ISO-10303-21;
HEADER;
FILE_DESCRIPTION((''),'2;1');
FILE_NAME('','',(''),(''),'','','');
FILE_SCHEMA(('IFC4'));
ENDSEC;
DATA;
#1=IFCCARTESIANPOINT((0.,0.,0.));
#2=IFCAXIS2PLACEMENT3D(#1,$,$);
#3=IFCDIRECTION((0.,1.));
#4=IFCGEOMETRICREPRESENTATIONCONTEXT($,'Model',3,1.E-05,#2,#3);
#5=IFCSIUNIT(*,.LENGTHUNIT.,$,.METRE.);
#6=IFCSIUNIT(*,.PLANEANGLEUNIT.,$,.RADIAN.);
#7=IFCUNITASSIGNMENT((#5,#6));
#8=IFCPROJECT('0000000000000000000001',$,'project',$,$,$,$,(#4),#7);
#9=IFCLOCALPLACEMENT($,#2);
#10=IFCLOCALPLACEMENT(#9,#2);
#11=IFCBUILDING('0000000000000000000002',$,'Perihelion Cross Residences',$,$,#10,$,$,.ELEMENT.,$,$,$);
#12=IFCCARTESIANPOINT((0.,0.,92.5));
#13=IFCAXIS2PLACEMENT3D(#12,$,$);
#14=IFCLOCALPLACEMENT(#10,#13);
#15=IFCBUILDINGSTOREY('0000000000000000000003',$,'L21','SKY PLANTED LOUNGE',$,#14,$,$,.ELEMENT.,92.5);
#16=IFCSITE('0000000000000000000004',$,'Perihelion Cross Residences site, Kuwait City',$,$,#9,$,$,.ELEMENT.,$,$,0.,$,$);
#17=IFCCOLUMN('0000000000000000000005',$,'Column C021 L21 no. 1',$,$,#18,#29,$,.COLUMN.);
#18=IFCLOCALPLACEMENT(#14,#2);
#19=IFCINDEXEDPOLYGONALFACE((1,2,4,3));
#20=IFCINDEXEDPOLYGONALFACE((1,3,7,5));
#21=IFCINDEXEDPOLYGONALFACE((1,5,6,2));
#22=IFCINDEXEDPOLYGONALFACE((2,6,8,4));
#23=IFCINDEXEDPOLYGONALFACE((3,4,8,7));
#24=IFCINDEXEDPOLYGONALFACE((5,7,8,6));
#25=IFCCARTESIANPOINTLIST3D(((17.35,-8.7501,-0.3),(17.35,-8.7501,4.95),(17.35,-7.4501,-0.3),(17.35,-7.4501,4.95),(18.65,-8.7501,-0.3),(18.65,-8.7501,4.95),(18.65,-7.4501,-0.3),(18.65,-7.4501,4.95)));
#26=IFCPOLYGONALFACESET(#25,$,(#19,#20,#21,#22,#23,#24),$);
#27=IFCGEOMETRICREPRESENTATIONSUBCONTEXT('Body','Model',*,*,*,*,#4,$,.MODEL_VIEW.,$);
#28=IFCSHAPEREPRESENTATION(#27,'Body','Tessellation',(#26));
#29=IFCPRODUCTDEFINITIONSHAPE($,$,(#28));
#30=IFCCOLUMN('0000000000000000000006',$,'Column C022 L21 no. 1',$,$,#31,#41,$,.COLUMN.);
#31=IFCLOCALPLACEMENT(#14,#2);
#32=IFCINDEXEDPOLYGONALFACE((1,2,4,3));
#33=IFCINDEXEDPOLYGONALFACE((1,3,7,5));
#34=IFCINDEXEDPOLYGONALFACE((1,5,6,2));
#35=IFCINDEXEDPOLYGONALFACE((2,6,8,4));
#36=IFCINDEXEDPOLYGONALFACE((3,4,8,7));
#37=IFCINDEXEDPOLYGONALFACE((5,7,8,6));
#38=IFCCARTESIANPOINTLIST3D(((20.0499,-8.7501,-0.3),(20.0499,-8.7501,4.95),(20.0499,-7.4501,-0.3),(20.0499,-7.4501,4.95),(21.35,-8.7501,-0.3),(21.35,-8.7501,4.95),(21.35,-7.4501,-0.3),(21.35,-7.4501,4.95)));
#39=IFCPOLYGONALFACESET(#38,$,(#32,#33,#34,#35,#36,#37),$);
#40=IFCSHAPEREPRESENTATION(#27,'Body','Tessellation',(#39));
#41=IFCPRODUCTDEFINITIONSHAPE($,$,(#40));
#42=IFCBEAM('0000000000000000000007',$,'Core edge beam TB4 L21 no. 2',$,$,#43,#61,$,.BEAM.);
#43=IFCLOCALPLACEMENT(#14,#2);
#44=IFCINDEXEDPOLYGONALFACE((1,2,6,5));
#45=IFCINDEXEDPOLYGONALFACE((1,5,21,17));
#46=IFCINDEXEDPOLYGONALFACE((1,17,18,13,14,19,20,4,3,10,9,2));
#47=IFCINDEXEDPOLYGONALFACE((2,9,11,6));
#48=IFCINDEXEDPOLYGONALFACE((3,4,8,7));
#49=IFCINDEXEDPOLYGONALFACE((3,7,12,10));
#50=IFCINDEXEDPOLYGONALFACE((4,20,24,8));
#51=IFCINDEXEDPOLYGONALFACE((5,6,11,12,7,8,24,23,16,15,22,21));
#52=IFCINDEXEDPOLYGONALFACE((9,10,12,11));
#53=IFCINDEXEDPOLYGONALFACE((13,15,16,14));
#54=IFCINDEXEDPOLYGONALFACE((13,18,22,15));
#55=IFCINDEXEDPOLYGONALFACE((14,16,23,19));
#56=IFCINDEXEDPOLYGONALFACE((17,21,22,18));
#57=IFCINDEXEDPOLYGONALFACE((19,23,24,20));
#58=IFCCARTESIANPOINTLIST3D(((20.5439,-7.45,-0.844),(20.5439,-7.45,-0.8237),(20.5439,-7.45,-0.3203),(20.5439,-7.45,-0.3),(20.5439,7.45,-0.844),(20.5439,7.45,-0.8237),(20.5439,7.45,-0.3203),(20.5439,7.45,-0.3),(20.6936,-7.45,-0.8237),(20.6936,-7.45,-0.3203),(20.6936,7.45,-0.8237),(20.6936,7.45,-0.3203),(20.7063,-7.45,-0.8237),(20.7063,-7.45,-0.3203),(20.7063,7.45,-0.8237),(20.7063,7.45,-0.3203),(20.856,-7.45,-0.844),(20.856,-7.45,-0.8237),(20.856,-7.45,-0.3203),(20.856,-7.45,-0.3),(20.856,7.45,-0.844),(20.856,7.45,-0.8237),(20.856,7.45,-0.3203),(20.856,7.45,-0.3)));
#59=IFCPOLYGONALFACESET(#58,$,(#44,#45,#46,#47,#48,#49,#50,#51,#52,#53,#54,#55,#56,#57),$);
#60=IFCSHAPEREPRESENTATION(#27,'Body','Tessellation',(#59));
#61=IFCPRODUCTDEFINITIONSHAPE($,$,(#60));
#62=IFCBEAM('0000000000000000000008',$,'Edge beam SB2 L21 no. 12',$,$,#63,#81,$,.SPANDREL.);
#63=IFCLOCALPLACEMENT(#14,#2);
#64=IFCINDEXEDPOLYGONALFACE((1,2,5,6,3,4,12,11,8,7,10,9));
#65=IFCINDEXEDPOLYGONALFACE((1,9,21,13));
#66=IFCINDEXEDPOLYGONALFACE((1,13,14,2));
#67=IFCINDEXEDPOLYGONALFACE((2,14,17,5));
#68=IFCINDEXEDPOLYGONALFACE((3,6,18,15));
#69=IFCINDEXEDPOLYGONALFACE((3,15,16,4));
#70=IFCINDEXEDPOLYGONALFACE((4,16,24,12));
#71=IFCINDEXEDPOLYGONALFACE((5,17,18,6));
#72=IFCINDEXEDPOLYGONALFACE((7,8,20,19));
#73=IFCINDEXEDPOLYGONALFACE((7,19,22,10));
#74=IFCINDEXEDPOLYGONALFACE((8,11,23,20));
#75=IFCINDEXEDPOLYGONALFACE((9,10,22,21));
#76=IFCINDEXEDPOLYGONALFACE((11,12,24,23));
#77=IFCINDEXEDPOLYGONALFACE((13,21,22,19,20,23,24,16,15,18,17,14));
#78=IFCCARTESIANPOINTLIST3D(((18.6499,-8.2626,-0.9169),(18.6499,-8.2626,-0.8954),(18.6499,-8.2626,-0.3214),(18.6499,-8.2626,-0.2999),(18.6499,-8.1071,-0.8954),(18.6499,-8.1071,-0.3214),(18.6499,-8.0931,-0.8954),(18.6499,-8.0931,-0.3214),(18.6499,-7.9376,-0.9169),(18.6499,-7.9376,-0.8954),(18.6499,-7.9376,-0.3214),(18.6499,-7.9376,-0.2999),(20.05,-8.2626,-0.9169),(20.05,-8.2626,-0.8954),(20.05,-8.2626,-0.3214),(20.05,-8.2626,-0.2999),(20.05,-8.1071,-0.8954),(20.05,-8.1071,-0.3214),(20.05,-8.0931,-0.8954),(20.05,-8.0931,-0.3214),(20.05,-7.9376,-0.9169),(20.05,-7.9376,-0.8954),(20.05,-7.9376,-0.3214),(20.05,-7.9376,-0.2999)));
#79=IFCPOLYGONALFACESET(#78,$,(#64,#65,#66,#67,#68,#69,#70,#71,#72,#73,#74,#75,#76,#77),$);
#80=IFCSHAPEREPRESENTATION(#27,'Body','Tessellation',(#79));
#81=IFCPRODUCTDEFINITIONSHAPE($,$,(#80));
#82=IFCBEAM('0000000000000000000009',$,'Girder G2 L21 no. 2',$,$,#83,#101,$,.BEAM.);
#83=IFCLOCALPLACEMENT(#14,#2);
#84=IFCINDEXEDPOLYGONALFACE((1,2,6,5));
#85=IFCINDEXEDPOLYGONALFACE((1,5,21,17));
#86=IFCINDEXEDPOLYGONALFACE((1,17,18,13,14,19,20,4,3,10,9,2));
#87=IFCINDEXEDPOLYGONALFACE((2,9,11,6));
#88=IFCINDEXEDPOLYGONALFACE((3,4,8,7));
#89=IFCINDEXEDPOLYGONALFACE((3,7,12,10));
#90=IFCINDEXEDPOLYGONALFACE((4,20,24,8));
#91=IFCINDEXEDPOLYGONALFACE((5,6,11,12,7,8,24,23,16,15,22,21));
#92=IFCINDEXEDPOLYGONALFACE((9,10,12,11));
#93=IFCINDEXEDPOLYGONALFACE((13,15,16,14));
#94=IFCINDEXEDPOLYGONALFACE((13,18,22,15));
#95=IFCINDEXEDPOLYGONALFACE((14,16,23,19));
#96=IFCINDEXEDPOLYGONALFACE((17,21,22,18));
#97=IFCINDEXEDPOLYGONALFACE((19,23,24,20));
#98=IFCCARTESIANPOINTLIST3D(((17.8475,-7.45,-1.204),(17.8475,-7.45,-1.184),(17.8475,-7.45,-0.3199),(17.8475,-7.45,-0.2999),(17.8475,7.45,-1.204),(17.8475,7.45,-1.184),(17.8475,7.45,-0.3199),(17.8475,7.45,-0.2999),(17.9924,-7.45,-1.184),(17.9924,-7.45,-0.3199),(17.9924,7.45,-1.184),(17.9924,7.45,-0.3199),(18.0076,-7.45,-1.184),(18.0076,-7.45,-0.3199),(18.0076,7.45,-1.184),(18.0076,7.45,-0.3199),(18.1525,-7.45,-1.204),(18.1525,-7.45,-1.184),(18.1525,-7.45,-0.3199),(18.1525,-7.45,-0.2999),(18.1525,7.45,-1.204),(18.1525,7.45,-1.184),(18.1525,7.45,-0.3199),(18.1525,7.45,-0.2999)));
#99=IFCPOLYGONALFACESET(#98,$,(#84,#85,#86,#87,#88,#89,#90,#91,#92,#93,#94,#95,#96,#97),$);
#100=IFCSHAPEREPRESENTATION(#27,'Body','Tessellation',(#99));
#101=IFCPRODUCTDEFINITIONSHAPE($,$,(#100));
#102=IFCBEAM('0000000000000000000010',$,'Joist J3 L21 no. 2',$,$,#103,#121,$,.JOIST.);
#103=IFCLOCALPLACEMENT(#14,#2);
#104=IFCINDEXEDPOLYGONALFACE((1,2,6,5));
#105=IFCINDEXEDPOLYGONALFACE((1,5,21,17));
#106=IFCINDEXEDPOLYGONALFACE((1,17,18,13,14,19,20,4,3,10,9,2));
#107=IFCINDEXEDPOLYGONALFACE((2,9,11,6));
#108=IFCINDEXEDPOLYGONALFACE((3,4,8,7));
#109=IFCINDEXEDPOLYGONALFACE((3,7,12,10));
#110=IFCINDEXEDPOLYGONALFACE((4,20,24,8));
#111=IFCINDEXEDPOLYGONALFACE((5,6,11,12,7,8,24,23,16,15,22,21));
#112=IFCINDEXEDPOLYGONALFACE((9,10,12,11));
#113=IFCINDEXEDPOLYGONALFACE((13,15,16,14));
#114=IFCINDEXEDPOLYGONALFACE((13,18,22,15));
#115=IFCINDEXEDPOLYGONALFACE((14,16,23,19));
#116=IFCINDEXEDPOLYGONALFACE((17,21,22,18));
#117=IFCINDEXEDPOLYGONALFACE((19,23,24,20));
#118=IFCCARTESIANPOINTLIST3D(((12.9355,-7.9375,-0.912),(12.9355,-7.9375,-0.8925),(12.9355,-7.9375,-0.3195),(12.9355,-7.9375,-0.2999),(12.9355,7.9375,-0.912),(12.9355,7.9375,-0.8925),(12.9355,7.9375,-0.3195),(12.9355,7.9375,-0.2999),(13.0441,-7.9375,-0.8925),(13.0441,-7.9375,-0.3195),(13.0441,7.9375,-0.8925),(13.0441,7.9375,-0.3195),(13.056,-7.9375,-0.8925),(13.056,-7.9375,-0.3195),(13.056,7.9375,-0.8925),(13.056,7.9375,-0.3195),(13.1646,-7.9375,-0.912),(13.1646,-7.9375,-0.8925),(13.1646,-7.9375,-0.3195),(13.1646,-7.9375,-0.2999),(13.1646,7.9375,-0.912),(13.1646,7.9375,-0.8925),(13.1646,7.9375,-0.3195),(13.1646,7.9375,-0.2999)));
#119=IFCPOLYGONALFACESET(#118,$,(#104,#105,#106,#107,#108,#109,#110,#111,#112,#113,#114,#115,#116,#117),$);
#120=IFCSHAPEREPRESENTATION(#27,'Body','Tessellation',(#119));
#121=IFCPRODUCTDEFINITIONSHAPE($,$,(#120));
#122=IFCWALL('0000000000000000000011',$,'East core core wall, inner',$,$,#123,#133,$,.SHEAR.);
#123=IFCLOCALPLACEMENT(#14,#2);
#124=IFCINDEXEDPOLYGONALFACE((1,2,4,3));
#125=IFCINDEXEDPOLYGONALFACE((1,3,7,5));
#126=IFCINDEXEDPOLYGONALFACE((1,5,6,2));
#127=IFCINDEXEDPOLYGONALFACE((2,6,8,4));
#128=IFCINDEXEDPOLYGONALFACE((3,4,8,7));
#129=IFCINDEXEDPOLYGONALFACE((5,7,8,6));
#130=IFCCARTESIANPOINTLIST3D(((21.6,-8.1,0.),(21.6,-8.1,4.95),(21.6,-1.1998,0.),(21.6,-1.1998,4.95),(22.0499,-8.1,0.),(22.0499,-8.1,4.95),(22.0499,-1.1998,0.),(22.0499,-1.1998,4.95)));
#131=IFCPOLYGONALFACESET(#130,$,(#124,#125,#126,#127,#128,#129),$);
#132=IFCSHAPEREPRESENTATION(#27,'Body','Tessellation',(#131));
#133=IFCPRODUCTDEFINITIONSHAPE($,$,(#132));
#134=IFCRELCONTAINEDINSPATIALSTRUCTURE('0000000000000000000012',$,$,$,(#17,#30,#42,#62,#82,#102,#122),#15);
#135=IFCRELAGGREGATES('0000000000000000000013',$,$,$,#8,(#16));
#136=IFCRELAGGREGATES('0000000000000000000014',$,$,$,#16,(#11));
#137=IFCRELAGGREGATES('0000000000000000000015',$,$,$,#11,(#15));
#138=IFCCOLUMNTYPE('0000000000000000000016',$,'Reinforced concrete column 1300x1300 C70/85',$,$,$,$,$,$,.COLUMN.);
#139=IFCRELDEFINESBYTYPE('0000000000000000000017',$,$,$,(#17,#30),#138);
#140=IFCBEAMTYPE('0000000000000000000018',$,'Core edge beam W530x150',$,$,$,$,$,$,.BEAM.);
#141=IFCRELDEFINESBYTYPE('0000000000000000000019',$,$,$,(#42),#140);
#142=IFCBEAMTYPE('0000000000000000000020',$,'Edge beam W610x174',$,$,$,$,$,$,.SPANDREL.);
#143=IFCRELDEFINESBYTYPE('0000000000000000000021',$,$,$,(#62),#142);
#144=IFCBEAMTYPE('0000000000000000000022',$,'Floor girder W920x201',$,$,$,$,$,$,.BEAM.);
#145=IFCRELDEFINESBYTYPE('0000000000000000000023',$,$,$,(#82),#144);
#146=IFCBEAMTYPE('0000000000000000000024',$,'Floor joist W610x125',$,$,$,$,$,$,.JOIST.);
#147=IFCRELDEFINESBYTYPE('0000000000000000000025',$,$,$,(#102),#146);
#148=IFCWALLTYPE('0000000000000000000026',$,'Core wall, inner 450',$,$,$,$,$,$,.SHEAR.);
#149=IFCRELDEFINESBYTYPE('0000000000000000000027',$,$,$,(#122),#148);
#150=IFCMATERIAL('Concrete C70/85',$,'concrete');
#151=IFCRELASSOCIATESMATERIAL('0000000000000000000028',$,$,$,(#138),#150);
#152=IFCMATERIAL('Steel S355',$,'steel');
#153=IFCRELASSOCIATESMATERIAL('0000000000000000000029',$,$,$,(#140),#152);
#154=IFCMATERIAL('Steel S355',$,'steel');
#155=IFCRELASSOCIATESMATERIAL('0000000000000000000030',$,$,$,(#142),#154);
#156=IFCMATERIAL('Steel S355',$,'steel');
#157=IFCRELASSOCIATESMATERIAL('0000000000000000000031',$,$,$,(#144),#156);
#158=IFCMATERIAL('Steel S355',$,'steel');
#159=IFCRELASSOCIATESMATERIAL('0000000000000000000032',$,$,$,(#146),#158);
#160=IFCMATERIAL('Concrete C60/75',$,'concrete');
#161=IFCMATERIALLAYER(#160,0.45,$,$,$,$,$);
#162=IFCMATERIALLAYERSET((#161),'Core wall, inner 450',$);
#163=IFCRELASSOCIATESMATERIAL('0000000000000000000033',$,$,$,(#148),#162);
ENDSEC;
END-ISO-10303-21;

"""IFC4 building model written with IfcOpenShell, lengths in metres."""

from ifc_helpers import new_model, si_unit, direction, frame, frame_2d, origin, origin_2d, place, context, subcontext, project, spatial, rectangle, i_section, extrude, material, layer, layer_set, material_profile, profile_set, type_object, element, save


model = new_model("IFC4")

# Units and contexts
model_context = context("Model", 3, precision=1e-05, world=origin(), true_north=direction((0.0, 1.0)))
body_context = subcontext(model_context, "Body", "Model", "MODEL_VIEW")
ifc_project = project(units=[si_unit("LENGTHUNIT", "METRE"), si_unit("PLANEANGLEUNIT", "RADIAN")], contexts=[model_context])

# Site, building, storey
site_placement = place(None, origin())
site = spatial("IfcSite", under=ifc_project, at=site_placement, Name="Perihelion Cross Residences site, Kuwait City", CompositionType="ELEMENT", RefElevation=0.0)
building_placement = place(site_placement, origin())
building = spatial("IfcBuilding", under=site, at=building_placement, Name="Perihelion Cross Residences", CompositionType="ELEMENT")
storey_placement = place(building_placement, frame((0.0, 0.0, 92.5)))
storey = spatial("IfcBuildingStorey", under=building, at=storey_placement, Name="L21", Description="SKY PLANTED LOUNGE", CompositionType="ELEMENT", Elevation=92.5)

# Columns
ifc_material_1 = material(Name="Concrete C70/85", Category="concrete")
ifc_material_profile_1 = material_profile(ifc_material_1, rectangle(XDim=1.3, YDim=1.3, at=origin_2d()), Name="RC 1300x1300")
ifc_profile_set_1 = profile_set([ifc_material_profile_1], Name="Concrete C70/85")
column_type = type_object("IfcColumnType", Name="Reinforced concrete column 1300x1300 C70/85", PredefinedType="COLUMN", material=ifc_profile_set_1)
for number, where, z_axis, x_axis, name in (
    (1, (18.0, -8.1001, -0.3), (0.0, 0.0, 1.0), (1.0, 0.0, 0.0), "Column C021 L21 no. 1"),
    (2, (20.7, -8.1001, -0.3), (0.0, 0.0, 1.0), (1.0, 0.0, 0.0), "Column C022 L21 no. 1"),
):
    element("IfcColumn", number, at=place(storey_placement, frame(where, z_axis=z_axis, x_axis=x_axis)), inside=storey, type_object=column_type, Name=name, PredefinedType="COLUMN", context=body_context, shape_type="SweptSolid", body=[
        extrude(rectangle(XDim=1.3, YDim=1.3, at=origin_2d()), origin(), (0.0, 0.0, 1.0), 5.25),
    ])

# Beams
ifc_material_2 = material(Name="Steel S355", Category="steel")
ifc_material_profile_2 = material_profile(ifc_material_2, i_section(OverallWidth=0.312, OverallDepth=0.5439, WebThickness=0.0127, FlangeThickness=0.0203, at=origin_2d()), Name="W530x150")
ifc_profile_set_2 = profile_set([ifc_material_profile_2], Name="Steel S355")
beam_type_1 = type_object("IfcBeamType", Name="Core edge beam W530x150", PredefinedType="BEAM", material=ifc_profile_set_2)
beam_1_placement = place(storey_placement, frame((20.7, -7.45, -0.572), z_axis=(0.0, 1.0, 0.0), x_axis=(-1.0, 0.0, 0.0)))
element("IfcBeam", 3, at=beam_1_placement, inside=storey, type_object=beam_type_1, Name="Core edge beam TB4 L21 no. 2", PredefinedType="BEAM", context=body_context, shape_type="SweptSolid", body=[
    extrude(i_section(OverallWidth=0.312, OverallDepth=0.5439, WebThickness=0.0127, FlangeThickness=0.0203, at=origin_2d()), origin(), (0.0, 0.0, 1.0), 14.8999),
])
ifc_material_3 = material(Name="Steel S355", Category="steel")
ifc_material_profile_3 = material_profile(ifc_material_3, i_section(OverallWidth=0.325, OverallDepth=0.6169, WebThickness=0.0139, FlangeThickness=0.0215, at=origin_2d()), Name="W610x174")
ifc_profile_set_3 = profile_set([ifc_material_profile_3], Name="Steel S355")
beam_type_2 = type_object("IfcBeamType", Name="Edge beam W610x174", PredefinedType="SPANDREL", material=ifc_profile_set_3)
beam_2_placement = place(storey_placement, frame((18.6499, -8.1001, -0.6084), z_axis=(1.0, 0.0, 0.0), x_axis=(0.0, 1.0, 0.0)))
element("IfcBeam", 4, at=beam_2_placement, inside=storey, type_object=beam_type_2, Name="Edge beam SB2 L21 no. 12", PredefinedType="SPANDREL", context=body_context, shape_type="SweptSolid", body=[
    extrude(i_section(OverallWidth=0.325, OverallDepth=0.6169, WebThickness=0.0139, FlangeThickness=0.0215, at=origin_2d()), origin(), (0.0, 0.0, 1.0), 1.4001),
])
ifc_material_4 = material(Name="Steel S355", Category="steel")
ifc_material_profile_4 = material_profile(ifc_material_4, i_section(OverallWidth=0.3049, OverallDepth=0.9041, WebThickness=0.0151, FlangeThickness=0.02, at=origin_2d()), Name="W920x201")
ifc_profile_set_4 = profile_set([ifc_material_profile_4], Name="Steel S355")
beam_type_3 = type_object("IfcBeamType", Name="Floor girder W920x201", PredefinedType="BEAM", material=ifc_profile_set_4)
beam_3_placement = place(storey_placement, frame((18.0, -7.45, -0.752), z_axis=(0.0, 1.0, 0.0), x_axis=(-1.0, 0.0, 0.0)))
element("IfcBeam", 5, at=beam_3_placement, inside=storey, type_object=beam_type_3, Name="Girder G2 L21 no. 2", PredefinedType="BEAM", context=body_context, shape_type="SweptSolid", body=[
    extrude(i_section(OverallWidth=0.3049, OverallDepth=0.9041, WebThickness=0.0151, FlangeThickness=0.02, at=origin_2d()), origin(), (0.0, 0.0, 1.0), 14.8999),
])
ifc_material_5 = material(Name="Steel S355", Category="steel")
ifc_material_profile_5 = material_profile(ifc_material_5, i_section(OverallWidth=0.229, OverallDepth=0.6121, WebThickness=0.012, FlangeThickness=0.0195, at=origin_2d()), Name="W610x125")
ifc_profile_set_5 = profile_set([ifc_material_profile_5], Name="Steel S355")
beam_type_4 = type_object("IfcBeamType", Name="Floor joist W610x125", PredefinedType="JOIST", material=ifc_profile_set_5)
beam_4_placement = place(storey_placement, frame((13.05, -7.9375, -0.606), z_axis=(0.0, 1.0, 0.0), x_axis=(-1.0, 0.0, 0.0)))
element("IfcBeam", 6, at=beam_4_placement, inside=storey, type_object=beam_type_4, Name="Joist J3 L21 no. 2", PredefinedType="JOIST", context=body_context, shape_type="SweptSolid", body=[
    extrude(i_section(OverallWidth=0.229, OverallDepth=0.6121, WebThickness=0.012, FlangeThickness=0.0195, at=origin_2d()), origin(), (0.0, 0.0, 1.0), 15.875),
])

# Wall
ifc_material_6 = material(Name="Concrete C60/75", Category="concrete")
ifc_layer_1 = layer(ifc_material_6, 0.45)
ifc_layer_set_1 = layer_set([ifc_layer_1], Name="Core wall, inner 450")
wall_type_1 = type_object("IfcWallType", Name="Core wall, inner 450", PredefinedType="SHEAR", material=ifc_layer_set_1)
wall_1_placement = place(storey_placement, frame((21.825, -8.1001, 0.0), z_axis=(0.0, 0.0, 1.0), x_axis=(0.0, 1.0, 0.0)))
element("IfcWall", 7, at=wall_1_placement, inside=storey, type_object=wall_type_1, Name="East core core wall, inner", PredefinedType="SHEAR", context=body_context, shape_type="SweptSolid", body=[
    extrude(rectangle(XDim=6.9001, YDim=0.45, at=frame_2d((3.4502, 0.0))), origin(), (0.0, 0.0, 1.0), 4.95),
])

save(model, "model.ifc")
